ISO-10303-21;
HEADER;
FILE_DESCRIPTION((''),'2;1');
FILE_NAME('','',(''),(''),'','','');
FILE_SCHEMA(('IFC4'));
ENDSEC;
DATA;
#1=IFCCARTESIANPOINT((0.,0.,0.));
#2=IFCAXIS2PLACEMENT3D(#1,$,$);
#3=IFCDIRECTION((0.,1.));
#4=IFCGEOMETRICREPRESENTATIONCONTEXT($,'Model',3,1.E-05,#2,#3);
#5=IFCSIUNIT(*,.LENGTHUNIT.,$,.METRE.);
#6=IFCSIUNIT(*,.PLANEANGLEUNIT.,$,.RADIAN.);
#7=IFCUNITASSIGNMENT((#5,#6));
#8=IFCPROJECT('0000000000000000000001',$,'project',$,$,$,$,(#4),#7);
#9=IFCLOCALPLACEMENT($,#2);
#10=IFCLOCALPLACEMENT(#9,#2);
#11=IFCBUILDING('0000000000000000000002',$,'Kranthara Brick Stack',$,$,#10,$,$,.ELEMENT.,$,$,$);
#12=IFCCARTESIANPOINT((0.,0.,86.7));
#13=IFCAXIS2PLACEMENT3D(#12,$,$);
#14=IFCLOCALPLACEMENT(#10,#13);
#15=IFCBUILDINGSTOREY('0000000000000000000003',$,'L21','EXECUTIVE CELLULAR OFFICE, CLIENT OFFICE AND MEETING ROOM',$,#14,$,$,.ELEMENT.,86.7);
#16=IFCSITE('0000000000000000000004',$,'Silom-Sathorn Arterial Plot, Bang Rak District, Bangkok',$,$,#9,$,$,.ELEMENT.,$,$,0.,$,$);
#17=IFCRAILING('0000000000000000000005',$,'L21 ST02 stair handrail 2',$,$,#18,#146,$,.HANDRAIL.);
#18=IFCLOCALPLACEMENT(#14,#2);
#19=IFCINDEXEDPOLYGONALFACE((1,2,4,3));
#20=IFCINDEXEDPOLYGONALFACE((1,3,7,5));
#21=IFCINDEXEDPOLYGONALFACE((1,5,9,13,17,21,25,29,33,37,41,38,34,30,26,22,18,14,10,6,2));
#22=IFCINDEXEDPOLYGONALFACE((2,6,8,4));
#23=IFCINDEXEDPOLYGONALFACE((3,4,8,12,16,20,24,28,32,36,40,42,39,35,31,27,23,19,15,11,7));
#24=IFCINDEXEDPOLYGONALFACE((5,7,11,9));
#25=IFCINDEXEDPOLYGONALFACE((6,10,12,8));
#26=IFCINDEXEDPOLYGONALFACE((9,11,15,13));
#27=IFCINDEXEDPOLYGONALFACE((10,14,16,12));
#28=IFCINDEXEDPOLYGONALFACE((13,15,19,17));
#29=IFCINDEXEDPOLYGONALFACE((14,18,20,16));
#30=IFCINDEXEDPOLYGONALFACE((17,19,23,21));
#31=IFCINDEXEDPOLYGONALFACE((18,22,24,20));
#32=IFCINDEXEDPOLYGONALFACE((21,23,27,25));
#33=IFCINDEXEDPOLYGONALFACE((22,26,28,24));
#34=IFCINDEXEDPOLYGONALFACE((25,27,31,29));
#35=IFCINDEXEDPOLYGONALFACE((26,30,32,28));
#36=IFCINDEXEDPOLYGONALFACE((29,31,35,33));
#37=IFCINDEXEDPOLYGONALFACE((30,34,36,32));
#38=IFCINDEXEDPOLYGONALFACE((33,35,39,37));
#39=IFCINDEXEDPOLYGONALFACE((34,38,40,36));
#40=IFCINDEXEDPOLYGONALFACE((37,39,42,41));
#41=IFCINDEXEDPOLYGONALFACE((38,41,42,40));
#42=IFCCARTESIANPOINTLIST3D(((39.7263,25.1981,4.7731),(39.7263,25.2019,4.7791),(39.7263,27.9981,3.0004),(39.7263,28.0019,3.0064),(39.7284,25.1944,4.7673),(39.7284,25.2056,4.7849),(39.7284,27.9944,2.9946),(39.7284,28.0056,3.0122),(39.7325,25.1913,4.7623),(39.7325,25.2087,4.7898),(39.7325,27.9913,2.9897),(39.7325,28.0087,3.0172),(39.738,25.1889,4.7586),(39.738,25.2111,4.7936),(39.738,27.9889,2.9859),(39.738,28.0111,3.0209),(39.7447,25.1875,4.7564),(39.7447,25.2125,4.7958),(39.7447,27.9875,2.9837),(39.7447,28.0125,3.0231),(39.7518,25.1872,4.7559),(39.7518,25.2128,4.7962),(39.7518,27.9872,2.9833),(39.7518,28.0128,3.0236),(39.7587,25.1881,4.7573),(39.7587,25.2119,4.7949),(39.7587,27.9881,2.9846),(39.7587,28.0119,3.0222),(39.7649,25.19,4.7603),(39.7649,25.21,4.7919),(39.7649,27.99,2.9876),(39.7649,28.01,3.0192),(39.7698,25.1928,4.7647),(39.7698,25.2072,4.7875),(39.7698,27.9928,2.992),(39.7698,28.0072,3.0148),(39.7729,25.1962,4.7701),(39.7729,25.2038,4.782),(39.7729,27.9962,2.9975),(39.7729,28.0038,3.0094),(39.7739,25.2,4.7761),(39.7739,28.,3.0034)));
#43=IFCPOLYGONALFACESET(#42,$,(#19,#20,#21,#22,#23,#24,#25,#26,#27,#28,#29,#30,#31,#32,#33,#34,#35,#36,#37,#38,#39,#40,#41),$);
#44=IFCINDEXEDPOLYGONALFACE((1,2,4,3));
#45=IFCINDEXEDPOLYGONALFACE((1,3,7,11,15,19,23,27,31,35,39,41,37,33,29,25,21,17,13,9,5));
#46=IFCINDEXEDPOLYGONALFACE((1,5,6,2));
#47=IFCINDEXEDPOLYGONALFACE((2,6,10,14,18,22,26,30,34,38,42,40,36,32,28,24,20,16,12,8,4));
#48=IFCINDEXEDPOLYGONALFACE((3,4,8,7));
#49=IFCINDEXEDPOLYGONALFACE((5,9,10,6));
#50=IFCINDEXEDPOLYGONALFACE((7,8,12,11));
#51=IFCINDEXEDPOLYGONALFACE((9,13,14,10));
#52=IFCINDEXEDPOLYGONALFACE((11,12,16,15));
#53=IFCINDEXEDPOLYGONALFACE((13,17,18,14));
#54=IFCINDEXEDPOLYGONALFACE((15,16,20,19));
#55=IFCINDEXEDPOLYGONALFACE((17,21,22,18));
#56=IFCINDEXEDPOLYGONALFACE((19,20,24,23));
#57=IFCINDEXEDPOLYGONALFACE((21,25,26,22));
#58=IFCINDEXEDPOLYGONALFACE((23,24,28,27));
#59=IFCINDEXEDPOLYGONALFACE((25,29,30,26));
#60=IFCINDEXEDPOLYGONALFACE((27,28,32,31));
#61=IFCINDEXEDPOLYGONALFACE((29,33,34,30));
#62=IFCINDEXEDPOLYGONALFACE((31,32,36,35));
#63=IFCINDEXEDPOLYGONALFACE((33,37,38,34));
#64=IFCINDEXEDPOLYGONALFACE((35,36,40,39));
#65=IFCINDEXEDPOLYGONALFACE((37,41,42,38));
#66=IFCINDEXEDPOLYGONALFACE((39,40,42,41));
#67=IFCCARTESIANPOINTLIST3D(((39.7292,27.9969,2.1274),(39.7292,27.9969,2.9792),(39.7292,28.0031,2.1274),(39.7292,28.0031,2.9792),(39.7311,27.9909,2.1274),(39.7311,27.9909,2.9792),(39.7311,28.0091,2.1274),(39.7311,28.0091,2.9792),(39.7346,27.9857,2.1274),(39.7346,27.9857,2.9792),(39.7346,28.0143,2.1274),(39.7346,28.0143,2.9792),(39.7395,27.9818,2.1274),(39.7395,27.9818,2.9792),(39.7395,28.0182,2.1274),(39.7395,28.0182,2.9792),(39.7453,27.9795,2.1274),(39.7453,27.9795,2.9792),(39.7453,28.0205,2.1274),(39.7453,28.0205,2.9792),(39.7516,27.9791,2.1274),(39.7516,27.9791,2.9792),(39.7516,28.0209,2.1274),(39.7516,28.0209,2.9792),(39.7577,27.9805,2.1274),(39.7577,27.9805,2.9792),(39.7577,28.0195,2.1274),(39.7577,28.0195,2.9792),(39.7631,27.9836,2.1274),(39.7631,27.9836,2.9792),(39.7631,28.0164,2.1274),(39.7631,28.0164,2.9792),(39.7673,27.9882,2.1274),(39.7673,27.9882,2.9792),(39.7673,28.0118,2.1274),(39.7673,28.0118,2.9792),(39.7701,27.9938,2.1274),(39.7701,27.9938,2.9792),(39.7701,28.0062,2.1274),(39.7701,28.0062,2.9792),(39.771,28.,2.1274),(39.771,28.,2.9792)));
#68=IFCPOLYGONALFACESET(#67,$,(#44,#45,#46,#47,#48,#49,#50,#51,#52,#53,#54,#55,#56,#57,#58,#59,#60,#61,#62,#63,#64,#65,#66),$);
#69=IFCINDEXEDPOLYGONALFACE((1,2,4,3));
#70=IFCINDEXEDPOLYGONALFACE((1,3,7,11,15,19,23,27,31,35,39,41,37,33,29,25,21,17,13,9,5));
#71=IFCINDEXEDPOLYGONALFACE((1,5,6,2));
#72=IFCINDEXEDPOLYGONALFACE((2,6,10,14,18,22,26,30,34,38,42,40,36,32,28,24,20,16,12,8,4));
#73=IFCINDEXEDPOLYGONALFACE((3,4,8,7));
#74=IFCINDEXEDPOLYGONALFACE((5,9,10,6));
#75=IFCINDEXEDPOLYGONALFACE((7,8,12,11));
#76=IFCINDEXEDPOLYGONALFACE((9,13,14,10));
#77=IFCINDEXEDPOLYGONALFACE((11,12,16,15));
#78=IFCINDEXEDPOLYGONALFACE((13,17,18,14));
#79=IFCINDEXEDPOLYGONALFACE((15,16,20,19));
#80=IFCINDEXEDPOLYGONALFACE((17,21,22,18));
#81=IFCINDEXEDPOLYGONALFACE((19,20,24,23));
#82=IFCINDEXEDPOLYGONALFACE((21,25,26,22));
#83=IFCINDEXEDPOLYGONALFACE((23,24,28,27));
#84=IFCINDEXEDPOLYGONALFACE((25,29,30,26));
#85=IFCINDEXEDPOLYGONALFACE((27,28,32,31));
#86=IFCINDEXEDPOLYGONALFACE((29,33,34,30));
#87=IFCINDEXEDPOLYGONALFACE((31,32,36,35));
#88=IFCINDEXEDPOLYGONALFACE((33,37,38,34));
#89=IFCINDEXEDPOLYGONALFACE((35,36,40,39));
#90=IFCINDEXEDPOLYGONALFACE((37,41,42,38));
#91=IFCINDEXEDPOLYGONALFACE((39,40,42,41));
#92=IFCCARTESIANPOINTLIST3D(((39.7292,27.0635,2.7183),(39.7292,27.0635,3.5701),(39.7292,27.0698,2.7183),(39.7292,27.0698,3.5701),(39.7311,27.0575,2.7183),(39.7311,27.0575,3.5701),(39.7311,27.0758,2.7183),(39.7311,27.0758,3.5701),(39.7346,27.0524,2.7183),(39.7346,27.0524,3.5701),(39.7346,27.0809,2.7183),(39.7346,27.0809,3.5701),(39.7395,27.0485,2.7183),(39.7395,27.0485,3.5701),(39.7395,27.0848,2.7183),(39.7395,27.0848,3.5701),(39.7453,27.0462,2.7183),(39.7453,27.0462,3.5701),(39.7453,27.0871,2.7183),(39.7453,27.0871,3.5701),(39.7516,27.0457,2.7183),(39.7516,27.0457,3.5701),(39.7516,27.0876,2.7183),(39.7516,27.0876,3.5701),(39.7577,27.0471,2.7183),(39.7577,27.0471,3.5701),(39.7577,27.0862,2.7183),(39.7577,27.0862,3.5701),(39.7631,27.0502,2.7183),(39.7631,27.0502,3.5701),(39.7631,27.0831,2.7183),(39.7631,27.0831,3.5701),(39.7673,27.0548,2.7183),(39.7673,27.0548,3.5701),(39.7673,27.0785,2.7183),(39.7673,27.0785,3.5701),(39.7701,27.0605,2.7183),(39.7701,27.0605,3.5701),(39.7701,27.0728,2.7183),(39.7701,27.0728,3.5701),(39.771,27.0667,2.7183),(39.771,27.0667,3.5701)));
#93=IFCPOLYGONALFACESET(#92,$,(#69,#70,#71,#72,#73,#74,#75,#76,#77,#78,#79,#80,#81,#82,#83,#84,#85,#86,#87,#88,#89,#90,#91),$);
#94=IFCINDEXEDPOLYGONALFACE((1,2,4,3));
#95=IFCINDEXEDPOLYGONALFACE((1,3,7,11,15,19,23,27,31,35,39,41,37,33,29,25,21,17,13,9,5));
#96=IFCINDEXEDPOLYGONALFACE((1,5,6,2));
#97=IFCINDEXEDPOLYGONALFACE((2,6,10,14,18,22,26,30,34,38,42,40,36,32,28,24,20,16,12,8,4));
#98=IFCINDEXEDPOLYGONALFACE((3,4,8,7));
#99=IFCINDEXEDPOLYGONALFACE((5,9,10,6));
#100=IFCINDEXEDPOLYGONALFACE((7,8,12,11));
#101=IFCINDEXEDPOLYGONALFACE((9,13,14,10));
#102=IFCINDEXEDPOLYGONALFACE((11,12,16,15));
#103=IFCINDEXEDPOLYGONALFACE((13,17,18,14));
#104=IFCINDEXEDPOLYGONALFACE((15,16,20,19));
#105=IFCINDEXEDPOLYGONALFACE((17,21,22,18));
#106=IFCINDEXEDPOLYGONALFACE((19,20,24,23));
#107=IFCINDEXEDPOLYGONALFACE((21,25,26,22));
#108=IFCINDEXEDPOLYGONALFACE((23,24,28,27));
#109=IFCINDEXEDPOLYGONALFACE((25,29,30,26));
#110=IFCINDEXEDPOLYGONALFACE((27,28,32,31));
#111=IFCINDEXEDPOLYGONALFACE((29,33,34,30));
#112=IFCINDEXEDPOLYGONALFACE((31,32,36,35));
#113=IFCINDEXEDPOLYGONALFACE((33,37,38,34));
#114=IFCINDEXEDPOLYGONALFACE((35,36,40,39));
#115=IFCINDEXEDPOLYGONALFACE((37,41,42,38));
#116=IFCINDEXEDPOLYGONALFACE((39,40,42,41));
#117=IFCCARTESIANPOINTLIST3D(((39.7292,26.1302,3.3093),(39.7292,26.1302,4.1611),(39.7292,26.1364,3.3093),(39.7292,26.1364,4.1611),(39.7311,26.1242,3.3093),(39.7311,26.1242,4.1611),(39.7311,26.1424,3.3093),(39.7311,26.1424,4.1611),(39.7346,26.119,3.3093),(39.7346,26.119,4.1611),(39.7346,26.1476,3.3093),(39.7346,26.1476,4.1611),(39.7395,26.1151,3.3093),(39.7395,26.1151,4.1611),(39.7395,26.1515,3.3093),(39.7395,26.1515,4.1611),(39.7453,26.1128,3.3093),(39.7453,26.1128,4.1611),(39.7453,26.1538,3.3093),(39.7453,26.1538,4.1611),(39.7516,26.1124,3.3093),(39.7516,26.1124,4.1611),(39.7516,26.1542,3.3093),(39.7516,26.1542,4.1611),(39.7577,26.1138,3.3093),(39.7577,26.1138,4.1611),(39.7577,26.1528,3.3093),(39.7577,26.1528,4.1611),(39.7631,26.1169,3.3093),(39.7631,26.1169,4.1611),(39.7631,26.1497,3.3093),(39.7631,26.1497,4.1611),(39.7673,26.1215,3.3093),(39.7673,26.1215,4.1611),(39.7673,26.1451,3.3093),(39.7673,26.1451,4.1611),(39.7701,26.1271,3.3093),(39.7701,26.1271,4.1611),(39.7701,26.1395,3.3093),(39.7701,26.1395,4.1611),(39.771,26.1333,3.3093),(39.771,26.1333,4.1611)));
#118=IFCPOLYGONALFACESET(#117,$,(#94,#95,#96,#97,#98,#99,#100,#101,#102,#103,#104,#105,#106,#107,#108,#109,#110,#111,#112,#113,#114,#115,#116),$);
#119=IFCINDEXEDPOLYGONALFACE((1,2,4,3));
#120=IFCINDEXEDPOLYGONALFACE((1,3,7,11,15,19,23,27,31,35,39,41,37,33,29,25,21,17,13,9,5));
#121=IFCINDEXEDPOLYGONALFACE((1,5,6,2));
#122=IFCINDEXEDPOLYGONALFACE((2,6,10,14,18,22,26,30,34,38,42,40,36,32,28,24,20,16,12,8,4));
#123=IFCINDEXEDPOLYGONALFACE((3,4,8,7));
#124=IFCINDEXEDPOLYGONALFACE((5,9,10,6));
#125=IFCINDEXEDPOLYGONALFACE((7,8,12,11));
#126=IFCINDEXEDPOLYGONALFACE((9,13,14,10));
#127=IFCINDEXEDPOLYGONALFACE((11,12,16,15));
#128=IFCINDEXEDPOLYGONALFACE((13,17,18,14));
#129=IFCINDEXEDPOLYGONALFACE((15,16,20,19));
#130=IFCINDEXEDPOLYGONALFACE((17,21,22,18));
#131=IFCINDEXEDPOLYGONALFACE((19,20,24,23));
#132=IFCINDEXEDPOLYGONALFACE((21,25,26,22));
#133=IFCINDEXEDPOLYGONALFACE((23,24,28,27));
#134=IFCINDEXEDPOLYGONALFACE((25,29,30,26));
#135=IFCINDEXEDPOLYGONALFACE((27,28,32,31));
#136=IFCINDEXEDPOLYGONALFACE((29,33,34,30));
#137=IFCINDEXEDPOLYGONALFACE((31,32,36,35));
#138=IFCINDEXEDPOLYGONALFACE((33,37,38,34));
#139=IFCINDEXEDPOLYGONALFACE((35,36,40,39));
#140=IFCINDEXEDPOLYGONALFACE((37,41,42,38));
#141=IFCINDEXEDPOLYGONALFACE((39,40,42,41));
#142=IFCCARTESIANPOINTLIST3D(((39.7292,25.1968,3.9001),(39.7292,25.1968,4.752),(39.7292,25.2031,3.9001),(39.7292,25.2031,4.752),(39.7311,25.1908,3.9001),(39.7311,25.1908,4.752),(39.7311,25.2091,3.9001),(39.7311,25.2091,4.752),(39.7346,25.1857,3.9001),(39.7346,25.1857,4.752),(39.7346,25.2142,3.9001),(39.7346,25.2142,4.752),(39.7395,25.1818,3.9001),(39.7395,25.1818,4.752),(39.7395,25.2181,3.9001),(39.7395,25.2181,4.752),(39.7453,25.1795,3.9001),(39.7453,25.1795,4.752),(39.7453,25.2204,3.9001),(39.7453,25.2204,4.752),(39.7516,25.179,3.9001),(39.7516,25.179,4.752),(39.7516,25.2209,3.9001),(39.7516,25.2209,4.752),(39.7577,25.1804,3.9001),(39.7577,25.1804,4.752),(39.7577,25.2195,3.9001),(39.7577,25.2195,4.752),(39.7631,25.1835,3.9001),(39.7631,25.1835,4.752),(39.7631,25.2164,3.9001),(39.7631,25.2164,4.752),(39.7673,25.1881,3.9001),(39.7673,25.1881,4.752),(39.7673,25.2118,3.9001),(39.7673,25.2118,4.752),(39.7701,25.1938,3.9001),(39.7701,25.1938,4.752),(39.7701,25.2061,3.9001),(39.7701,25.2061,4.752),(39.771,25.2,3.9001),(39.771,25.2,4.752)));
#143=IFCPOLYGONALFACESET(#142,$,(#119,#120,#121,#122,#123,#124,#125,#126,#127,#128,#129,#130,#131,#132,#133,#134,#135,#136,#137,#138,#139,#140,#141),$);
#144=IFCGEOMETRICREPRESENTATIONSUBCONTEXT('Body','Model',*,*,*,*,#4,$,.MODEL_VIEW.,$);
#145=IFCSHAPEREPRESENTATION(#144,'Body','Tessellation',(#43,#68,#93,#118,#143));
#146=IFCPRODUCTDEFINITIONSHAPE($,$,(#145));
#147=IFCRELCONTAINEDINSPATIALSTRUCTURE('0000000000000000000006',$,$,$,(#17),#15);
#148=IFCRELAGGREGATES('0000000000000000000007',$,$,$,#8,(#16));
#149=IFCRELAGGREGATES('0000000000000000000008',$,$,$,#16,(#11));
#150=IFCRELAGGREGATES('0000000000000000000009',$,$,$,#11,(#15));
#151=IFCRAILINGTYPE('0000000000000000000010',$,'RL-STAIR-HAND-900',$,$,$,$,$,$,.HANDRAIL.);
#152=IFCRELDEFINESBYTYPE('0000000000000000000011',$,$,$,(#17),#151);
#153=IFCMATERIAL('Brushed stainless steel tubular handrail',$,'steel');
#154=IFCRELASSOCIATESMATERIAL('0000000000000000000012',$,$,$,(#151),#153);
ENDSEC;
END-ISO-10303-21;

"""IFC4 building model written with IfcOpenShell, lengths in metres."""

from ifc_helpers import new_model, si_unit, direction, frame, origin, origin_2d, place, context, subcontext, project, spatial, circle, extrude, material, type_object, element, save


model = new_model("IFC4")

# Units and contexts
model_context = context("Model", 3, precision=1e-05, world=origin(), true_north=direction((0.0, 1.0)))
body_context = subcontext(model_context, "Body", "Model", "MODEL_VIEW")
ifc_project = project(units=[si_unit("LENGTHUNIT", "METRE"), si_unit("PLANEANGLEUNIT", "RADIAN")], contexts=[model_context])

# Site, building, storey
site_placement = place(None, origin())
site = spatial("IfcSite", under=ifc_project, at=site_placement, Name="Silom-Sathorn Arterial Plot, Bang Rak District, Bangkok", CompositionType="ELEMENT", RefElevation=0.0)
building_placement = place(site_placement, origin())
building = spatial("IfcBuilding", under=site, at=building_placement, Name="Kranthara Brick Stack", CompositionType="ELEMENT")
storey_placement = place(building_placement, frame((0.0, 0.0, 86.7)))
storey = spatial("IfcBuildingStorey", under=building, at=storey_placement, Name="L21", Description="EXECUTIVE CELLULAR OFFICE, CLIENT OFFICE AND MEETING ROOM", CompositionType="ELEMENT", Elevation=86.7)

# Railing
ifc_material_1 = material(Name="Brushed stainless steel tubular handrail", Category="steel")
railing_type_1 = type_object("IfcRailingType", Name="RL-STAIR-HAND-900", PredefinedType="HANDRAIL", material=ifc_material_1)
railing_1_placement = place(storey_placement, frame((39.75, 28.0, 2.1274)))
element("IfcRailing", 1, at=railing_1_placement, inside=storey, type_object=railing_type_1, Name="L21 ST02 stair handrail 2", PredefinedType="HANDRAIL", context=body_context, shape_type="SweptSolid", body=[
    extrude(circle(Radius=0.0239, at=origin_2d()), frame((0.0, 0.0, 0.876), z_axis=(0.0, -0.844909, 0.53491), x_axis=(1.0, 0.0, 0.0)), (0.0, 0.0, 1.0), 3.314),
    extrude(circle(Radius=0.021, at=origin_2d()), origin(), (0.0, 0.0, 1.0), 0.8518),
    extrude(circle(Radius=0.021, at=origin_2d()), frame((0.0, -0.9333, 0.5908)), (0.0, 0.0, 1.0), 0.8518),
    extrude(circle(Radius=0.021, at=origin_2d()), frame((0.0, -1.8667, 1.1819)), (0.0, 0.0, 1.0), 0.8518),
    extrude(circle(Radius=0.021, at=origin_2d()), frame((0.0, -2.8, 1.7727)), (0.0, 0.0, 1.0), 0.8518),
])

save(model, "model.ifc")
